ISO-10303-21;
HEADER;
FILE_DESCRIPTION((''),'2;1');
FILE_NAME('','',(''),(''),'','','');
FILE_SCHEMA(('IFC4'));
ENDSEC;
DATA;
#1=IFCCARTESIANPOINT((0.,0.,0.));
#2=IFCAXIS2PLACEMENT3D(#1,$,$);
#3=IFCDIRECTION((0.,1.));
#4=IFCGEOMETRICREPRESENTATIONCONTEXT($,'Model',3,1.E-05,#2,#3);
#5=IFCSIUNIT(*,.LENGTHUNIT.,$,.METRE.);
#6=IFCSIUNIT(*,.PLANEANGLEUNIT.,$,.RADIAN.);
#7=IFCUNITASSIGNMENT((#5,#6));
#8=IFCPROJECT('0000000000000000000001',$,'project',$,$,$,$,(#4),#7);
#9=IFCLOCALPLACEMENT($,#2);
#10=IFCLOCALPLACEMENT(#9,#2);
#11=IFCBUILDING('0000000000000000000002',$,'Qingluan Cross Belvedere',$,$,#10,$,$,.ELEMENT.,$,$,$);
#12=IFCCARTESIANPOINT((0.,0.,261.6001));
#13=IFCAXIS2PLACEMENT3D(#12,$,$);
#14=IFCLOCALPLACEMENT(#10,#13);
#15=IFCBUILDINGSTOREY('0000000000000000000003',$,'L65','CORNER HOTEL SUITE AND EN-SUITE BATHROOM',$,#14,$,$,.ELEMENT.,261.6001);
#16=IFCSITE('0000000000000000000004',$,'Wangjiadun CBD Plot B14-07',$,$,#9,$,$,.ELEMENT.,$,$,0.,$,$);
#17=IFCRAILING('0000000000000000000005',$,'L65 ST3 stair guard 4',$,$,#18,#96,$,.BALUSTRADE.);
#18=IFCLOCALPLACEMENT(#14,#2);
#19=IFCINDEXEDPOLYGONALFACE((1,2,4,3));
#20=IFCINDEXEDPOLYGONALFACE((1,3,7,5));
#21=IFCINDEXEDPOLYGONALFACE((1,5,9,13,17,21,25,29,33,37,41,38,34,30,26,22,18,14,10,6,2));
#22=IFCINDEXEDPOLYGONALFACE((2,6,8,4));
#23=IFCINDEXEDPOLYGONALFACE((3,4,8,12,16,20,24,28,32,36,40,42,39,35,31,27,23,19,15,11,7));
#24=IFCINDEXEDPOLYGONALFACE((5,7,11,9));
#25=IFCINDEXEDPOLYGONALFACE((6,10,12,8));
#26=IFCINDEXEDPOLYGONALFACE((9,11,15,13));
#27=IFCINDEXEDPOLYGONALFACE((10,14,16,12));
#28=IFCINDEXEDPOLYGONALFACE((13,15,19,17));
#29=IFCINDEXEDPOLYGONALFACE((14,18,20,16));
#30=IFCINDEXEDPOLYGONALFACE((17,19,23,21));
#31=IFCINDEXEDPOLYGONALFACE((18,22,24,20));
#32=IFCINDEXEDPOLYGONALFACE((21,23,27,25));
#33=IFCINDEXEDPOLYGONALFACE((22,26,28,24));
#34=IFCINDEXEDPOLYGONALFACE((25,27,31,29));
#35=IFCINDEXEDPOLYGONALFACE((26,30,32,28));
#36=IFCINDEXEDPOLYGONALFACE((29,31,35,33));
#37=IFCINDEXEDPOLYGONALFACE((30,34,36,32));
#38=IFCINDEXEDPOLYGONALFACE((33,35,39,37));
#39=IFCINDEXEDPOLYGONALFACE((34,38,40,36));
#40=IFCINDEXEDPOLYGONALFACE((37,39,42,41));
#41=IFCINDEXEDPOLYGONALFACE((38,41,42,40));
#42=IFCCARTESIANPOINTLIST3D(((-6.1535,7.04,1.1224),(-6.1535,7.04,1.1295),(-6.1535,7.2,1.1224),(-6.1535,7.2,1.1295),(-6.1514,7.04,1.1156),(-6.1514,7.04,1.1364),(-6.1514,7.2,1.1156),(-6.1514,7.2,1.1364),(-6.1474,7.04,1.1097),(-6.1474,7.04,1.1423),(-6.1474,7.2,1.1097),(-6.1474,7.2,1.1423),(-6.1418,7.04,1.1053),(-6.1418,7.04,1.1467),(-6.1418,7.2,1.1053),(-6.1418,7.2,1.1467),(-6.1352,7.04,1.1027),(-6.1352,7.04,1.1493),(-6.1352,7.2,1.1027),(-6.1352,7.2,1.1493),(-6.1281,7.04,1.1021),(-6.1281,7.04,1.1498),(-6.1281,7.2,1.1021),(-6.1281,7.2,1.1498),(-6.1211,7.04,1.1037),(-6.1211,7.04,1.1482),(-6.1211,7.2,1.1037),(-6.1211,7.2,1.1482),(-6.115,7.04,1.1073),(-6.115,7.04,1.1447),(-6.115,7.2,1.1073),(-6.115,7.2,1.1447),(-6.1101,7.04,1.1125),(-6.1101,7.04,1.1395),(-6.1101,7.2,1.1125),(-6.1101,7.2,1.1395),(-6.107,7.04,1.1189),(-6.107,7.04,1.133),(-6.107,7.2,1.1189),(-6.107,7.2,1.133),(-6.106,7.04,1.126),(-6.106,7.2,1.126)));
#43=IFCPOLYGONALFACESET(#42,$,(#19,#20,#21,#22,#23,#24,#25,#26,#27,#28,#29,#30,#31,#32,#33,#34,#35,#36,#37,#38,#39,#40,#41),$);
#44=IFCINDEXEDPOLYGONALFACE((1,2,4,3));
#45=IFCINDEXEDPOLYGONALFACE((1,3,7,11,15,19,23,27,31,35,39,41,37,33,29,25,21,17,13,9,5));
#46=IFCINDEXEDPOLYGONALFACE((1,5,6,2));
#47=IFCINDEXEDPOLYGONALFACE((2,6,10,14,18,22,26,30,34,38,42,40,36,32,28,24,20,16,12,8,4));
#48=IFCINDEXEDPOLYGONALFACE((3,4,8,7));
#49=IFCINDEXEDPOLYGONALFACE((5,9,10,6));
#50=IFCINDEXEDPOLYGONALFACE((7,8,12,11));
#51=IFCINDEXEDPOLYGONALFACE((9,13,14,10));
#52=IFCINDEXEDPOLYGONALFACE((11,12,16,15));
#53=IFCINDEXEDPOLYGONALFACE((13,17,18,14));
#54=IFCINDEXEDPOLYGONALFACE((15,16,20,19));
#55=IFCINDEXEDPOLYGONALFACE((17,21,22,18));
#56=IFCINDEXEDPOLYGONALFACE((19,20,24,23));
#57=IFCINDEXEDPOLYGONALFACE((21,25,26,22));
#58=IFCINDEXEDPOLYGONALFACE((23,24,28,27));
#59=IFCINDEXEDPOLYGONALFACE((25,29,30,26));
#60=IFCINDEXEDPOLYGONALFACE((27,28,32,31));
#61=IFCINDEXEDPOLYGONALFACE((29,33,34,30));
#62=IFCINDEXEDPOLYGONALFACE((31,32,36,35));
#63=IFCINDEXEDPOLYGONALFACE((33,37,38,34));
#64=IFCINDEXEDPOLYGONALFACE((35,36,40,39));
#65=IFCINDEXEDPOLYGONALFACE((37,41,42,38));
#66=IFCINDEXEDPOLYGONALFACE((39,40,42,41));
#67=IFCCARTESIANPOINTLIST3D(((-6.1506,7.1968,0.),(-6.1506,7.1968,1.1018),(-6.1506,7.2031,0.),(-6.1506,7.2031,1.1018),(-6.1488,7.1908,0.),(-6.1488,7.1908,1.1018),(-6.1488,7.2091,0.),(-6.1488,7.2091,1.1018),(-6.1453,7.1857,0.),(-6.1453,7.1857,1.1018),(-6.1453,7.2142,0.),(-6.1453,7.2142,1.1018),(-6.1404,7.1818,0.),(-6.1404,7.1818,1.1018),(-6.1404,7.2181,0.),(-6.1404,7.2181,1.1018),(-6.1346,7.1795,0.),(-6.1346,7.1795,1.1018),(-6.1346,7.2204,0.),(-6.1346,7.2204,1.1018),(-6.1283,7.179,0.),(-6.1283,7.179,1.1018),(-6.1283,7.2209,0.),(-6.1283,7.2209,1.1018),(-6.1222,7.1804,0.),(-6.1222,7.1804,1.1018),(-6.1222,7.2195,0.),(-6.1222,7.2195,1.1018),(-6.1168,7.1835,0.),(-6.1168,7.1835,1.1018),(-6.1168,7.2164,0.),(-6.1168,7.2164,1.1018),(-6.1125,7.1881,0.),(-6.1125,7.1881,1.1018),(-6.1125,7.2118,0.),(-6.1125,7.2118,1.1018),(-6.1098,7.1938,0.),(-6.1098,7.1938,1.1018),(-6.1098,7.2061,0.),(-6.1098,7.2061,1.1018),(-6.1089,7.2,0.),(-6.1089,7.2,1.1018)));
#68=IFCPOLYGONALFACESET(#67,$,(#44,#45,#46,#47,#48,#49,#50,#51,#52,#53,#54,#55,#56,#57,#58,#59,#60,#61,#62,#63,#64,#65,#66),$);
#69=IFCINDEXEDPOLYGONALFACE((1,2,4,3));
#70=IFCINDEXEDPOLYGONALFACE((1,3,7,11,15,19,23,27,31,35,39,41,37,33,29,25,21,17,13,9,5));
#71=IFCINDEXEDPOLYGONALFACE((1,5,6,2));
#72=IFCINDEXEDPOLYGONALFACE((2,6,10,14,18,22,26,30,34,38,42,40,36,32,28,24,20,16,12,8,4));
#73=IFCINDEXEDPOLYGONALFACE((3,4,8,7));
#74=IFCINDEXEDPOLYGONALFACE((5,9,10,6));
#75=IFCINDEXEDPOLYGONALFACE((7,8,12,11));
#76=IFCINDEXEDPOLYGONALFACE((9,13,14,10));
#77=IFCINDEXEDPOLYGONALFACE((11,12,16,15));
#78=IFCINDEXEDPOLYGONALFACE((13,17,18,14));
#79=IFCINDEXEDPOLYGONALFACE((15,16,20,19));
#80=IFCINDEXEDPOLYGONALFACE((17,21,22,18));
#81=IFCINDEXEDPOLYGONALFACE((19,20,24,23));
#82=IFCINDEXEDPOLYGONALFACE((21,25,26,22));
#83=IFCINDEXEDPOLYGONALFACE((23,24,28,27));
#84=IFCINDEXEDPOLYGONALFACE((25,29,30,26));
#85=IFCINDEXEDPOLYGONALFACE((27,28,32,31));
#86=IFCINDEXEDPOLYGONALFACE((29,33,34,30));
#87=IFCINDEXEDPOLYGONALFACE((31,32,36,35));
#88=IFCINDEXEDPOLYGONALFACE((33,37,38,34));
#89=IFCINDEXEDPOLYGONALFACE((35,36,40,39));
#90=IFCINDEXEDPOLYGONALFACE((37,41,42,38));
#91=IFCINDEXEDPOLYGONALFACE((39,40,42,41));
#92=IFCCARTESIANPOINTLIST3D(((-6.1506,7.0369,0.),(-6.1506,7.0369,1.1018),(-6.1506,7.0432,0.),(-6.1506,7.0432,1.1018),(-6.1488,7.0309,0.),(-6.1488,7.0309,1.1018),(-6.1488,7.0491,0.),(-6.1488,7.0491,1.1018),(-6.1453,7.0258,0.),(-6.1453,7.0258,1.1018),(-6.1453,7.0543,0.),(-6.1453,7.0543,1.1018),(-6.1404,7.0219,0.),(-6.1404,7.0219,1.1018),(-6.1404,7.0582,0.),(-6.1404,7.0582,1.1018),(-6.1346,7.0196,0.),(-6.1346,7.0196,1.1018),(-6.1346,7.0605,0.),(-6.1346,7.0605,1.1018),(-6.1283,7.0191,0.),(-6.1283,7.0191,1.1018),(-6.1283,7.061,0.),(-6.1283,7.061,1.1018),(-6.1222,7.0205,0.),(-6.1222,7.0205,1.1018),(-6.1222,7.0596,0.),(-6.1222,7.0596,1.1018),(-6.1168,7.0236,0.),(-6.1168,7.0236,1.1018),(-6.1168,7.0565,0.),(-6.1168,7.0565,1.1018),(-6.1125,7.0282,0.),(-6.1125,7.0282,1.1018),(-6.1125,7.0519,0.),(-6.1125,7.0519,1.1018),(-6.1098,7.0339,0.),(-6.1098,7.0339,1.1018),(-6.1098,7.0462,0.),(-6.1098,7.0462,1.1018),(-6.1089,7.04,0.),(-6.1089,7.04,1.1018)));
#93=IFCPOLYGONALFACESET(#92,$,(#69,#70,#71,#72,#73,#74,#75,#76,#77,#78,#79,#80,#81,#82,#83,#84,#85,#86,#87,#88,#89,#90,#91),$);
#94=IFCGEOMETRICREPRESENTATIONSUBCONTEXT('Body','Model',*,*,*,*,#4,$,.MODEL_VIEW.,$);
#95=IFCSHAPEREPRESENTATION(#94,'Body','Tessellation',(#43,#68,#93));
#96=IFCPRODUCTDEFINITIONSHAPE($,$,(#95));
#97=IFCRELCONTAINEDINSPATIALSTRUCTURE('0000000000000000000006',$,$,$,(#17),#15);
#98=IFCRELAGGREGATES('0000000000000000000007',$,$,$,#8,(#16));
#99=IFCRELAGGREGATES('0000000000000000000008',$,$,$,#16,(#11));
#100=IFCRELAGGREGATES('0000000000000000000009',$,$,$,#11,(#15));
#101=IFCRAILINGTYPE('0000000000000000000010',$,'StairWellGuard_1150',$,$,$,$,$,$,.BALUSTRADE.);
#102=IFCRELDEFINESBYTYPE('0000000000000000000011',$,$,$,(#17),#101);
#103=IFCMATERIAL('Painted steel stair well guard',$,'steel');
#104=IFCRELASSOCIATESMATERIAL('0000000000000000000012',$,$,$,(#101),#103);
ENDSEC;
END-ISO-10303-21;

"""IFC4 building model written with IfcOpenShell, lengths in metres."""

from ifc_helpers import new_model, si_unit, direction, frame, origin, origin_2d, place, context, subcontext, project, spatial, circle, extrude, material, type_object, element, save


model = new_model("IFC4")

# Units and contexts
model_context = context("Model", 3, precision=1e-05, world=origin(), true_north=direction((0.0, 1.0)))
body_context = subcontext(model_context, "Body", "Model", "MODEL_VIEW")
ifc_project = project(units=[si_unit("LENGTHUNIT", "METRE"), si_unit("PLANEANGLEUNIT", "RADIAN")], contexts=[model_context])

# Site, building, storey
site_placement = place(None, origin())
site = spatial("IfcSite", under=ifc_project, at=site_placement, Name="Wangjiadun CBD Plot B14-07", CompositionType="ELEMENT", RefElevation=0.0)
building_placement = place(site_placement, origin())
building = spatial("IfcBuilding", under=site, at=building_placement, Name="Qingluan Cross Belvedere", CompositionType="ELEMENT")
storey_placement = place(building_placement, frame((0.0, 0.0, 261.6001)))
storey = spatial("IfcBuildingStorey", under=building, at=storey_placement, Name="L65", Description="CORNER HOTEL SUITE AND EN-SUITE BATHROOM", CompositionType="ELEMENT", Elevation=261.6001)

# Railing
ifc_material_1 = material(Name="Painted steel stair well guard", Category="steel")
railing_type_1 = type_object("IfcRailingType", Name="StairWellGuard_1150", PredefinedType="BALUSTRADE", material=ifc_material_1)
railing_1_placement = place(storey_placement, frame((-6.1299, 7.2, 0.0)))
element("IfcRailing", 1, at=railing_1_placement, inside=storey, type_object=railing_type_1, Name="L65 ST3 stair guard 4", PredefinedType="BALUSTRADE", context=body_context, shape_type="SweptSolid", body=[
    extrude(circle(Radius=0.0239, at=origin_2d()), frame((0.0, 0.0, 1.126), z_axis=(0.0, -1.0, 0.0), x_axis=(1.0, 0.0, 0.0)), (0.0, 0.0, 1.0), 0.1599),
    extrude(circle(Radius=0.021, at=origin_2d()), origin(), (0.0, 0.0, 1.0), 1.1018),
    extrude(circle(Radius=0.021, at=origin_2d()), frame((0.0, -0.1599, 0.0)), (0.0, 0.0, 1.0), 1.1018),
])

save(model, "model.ifc")
